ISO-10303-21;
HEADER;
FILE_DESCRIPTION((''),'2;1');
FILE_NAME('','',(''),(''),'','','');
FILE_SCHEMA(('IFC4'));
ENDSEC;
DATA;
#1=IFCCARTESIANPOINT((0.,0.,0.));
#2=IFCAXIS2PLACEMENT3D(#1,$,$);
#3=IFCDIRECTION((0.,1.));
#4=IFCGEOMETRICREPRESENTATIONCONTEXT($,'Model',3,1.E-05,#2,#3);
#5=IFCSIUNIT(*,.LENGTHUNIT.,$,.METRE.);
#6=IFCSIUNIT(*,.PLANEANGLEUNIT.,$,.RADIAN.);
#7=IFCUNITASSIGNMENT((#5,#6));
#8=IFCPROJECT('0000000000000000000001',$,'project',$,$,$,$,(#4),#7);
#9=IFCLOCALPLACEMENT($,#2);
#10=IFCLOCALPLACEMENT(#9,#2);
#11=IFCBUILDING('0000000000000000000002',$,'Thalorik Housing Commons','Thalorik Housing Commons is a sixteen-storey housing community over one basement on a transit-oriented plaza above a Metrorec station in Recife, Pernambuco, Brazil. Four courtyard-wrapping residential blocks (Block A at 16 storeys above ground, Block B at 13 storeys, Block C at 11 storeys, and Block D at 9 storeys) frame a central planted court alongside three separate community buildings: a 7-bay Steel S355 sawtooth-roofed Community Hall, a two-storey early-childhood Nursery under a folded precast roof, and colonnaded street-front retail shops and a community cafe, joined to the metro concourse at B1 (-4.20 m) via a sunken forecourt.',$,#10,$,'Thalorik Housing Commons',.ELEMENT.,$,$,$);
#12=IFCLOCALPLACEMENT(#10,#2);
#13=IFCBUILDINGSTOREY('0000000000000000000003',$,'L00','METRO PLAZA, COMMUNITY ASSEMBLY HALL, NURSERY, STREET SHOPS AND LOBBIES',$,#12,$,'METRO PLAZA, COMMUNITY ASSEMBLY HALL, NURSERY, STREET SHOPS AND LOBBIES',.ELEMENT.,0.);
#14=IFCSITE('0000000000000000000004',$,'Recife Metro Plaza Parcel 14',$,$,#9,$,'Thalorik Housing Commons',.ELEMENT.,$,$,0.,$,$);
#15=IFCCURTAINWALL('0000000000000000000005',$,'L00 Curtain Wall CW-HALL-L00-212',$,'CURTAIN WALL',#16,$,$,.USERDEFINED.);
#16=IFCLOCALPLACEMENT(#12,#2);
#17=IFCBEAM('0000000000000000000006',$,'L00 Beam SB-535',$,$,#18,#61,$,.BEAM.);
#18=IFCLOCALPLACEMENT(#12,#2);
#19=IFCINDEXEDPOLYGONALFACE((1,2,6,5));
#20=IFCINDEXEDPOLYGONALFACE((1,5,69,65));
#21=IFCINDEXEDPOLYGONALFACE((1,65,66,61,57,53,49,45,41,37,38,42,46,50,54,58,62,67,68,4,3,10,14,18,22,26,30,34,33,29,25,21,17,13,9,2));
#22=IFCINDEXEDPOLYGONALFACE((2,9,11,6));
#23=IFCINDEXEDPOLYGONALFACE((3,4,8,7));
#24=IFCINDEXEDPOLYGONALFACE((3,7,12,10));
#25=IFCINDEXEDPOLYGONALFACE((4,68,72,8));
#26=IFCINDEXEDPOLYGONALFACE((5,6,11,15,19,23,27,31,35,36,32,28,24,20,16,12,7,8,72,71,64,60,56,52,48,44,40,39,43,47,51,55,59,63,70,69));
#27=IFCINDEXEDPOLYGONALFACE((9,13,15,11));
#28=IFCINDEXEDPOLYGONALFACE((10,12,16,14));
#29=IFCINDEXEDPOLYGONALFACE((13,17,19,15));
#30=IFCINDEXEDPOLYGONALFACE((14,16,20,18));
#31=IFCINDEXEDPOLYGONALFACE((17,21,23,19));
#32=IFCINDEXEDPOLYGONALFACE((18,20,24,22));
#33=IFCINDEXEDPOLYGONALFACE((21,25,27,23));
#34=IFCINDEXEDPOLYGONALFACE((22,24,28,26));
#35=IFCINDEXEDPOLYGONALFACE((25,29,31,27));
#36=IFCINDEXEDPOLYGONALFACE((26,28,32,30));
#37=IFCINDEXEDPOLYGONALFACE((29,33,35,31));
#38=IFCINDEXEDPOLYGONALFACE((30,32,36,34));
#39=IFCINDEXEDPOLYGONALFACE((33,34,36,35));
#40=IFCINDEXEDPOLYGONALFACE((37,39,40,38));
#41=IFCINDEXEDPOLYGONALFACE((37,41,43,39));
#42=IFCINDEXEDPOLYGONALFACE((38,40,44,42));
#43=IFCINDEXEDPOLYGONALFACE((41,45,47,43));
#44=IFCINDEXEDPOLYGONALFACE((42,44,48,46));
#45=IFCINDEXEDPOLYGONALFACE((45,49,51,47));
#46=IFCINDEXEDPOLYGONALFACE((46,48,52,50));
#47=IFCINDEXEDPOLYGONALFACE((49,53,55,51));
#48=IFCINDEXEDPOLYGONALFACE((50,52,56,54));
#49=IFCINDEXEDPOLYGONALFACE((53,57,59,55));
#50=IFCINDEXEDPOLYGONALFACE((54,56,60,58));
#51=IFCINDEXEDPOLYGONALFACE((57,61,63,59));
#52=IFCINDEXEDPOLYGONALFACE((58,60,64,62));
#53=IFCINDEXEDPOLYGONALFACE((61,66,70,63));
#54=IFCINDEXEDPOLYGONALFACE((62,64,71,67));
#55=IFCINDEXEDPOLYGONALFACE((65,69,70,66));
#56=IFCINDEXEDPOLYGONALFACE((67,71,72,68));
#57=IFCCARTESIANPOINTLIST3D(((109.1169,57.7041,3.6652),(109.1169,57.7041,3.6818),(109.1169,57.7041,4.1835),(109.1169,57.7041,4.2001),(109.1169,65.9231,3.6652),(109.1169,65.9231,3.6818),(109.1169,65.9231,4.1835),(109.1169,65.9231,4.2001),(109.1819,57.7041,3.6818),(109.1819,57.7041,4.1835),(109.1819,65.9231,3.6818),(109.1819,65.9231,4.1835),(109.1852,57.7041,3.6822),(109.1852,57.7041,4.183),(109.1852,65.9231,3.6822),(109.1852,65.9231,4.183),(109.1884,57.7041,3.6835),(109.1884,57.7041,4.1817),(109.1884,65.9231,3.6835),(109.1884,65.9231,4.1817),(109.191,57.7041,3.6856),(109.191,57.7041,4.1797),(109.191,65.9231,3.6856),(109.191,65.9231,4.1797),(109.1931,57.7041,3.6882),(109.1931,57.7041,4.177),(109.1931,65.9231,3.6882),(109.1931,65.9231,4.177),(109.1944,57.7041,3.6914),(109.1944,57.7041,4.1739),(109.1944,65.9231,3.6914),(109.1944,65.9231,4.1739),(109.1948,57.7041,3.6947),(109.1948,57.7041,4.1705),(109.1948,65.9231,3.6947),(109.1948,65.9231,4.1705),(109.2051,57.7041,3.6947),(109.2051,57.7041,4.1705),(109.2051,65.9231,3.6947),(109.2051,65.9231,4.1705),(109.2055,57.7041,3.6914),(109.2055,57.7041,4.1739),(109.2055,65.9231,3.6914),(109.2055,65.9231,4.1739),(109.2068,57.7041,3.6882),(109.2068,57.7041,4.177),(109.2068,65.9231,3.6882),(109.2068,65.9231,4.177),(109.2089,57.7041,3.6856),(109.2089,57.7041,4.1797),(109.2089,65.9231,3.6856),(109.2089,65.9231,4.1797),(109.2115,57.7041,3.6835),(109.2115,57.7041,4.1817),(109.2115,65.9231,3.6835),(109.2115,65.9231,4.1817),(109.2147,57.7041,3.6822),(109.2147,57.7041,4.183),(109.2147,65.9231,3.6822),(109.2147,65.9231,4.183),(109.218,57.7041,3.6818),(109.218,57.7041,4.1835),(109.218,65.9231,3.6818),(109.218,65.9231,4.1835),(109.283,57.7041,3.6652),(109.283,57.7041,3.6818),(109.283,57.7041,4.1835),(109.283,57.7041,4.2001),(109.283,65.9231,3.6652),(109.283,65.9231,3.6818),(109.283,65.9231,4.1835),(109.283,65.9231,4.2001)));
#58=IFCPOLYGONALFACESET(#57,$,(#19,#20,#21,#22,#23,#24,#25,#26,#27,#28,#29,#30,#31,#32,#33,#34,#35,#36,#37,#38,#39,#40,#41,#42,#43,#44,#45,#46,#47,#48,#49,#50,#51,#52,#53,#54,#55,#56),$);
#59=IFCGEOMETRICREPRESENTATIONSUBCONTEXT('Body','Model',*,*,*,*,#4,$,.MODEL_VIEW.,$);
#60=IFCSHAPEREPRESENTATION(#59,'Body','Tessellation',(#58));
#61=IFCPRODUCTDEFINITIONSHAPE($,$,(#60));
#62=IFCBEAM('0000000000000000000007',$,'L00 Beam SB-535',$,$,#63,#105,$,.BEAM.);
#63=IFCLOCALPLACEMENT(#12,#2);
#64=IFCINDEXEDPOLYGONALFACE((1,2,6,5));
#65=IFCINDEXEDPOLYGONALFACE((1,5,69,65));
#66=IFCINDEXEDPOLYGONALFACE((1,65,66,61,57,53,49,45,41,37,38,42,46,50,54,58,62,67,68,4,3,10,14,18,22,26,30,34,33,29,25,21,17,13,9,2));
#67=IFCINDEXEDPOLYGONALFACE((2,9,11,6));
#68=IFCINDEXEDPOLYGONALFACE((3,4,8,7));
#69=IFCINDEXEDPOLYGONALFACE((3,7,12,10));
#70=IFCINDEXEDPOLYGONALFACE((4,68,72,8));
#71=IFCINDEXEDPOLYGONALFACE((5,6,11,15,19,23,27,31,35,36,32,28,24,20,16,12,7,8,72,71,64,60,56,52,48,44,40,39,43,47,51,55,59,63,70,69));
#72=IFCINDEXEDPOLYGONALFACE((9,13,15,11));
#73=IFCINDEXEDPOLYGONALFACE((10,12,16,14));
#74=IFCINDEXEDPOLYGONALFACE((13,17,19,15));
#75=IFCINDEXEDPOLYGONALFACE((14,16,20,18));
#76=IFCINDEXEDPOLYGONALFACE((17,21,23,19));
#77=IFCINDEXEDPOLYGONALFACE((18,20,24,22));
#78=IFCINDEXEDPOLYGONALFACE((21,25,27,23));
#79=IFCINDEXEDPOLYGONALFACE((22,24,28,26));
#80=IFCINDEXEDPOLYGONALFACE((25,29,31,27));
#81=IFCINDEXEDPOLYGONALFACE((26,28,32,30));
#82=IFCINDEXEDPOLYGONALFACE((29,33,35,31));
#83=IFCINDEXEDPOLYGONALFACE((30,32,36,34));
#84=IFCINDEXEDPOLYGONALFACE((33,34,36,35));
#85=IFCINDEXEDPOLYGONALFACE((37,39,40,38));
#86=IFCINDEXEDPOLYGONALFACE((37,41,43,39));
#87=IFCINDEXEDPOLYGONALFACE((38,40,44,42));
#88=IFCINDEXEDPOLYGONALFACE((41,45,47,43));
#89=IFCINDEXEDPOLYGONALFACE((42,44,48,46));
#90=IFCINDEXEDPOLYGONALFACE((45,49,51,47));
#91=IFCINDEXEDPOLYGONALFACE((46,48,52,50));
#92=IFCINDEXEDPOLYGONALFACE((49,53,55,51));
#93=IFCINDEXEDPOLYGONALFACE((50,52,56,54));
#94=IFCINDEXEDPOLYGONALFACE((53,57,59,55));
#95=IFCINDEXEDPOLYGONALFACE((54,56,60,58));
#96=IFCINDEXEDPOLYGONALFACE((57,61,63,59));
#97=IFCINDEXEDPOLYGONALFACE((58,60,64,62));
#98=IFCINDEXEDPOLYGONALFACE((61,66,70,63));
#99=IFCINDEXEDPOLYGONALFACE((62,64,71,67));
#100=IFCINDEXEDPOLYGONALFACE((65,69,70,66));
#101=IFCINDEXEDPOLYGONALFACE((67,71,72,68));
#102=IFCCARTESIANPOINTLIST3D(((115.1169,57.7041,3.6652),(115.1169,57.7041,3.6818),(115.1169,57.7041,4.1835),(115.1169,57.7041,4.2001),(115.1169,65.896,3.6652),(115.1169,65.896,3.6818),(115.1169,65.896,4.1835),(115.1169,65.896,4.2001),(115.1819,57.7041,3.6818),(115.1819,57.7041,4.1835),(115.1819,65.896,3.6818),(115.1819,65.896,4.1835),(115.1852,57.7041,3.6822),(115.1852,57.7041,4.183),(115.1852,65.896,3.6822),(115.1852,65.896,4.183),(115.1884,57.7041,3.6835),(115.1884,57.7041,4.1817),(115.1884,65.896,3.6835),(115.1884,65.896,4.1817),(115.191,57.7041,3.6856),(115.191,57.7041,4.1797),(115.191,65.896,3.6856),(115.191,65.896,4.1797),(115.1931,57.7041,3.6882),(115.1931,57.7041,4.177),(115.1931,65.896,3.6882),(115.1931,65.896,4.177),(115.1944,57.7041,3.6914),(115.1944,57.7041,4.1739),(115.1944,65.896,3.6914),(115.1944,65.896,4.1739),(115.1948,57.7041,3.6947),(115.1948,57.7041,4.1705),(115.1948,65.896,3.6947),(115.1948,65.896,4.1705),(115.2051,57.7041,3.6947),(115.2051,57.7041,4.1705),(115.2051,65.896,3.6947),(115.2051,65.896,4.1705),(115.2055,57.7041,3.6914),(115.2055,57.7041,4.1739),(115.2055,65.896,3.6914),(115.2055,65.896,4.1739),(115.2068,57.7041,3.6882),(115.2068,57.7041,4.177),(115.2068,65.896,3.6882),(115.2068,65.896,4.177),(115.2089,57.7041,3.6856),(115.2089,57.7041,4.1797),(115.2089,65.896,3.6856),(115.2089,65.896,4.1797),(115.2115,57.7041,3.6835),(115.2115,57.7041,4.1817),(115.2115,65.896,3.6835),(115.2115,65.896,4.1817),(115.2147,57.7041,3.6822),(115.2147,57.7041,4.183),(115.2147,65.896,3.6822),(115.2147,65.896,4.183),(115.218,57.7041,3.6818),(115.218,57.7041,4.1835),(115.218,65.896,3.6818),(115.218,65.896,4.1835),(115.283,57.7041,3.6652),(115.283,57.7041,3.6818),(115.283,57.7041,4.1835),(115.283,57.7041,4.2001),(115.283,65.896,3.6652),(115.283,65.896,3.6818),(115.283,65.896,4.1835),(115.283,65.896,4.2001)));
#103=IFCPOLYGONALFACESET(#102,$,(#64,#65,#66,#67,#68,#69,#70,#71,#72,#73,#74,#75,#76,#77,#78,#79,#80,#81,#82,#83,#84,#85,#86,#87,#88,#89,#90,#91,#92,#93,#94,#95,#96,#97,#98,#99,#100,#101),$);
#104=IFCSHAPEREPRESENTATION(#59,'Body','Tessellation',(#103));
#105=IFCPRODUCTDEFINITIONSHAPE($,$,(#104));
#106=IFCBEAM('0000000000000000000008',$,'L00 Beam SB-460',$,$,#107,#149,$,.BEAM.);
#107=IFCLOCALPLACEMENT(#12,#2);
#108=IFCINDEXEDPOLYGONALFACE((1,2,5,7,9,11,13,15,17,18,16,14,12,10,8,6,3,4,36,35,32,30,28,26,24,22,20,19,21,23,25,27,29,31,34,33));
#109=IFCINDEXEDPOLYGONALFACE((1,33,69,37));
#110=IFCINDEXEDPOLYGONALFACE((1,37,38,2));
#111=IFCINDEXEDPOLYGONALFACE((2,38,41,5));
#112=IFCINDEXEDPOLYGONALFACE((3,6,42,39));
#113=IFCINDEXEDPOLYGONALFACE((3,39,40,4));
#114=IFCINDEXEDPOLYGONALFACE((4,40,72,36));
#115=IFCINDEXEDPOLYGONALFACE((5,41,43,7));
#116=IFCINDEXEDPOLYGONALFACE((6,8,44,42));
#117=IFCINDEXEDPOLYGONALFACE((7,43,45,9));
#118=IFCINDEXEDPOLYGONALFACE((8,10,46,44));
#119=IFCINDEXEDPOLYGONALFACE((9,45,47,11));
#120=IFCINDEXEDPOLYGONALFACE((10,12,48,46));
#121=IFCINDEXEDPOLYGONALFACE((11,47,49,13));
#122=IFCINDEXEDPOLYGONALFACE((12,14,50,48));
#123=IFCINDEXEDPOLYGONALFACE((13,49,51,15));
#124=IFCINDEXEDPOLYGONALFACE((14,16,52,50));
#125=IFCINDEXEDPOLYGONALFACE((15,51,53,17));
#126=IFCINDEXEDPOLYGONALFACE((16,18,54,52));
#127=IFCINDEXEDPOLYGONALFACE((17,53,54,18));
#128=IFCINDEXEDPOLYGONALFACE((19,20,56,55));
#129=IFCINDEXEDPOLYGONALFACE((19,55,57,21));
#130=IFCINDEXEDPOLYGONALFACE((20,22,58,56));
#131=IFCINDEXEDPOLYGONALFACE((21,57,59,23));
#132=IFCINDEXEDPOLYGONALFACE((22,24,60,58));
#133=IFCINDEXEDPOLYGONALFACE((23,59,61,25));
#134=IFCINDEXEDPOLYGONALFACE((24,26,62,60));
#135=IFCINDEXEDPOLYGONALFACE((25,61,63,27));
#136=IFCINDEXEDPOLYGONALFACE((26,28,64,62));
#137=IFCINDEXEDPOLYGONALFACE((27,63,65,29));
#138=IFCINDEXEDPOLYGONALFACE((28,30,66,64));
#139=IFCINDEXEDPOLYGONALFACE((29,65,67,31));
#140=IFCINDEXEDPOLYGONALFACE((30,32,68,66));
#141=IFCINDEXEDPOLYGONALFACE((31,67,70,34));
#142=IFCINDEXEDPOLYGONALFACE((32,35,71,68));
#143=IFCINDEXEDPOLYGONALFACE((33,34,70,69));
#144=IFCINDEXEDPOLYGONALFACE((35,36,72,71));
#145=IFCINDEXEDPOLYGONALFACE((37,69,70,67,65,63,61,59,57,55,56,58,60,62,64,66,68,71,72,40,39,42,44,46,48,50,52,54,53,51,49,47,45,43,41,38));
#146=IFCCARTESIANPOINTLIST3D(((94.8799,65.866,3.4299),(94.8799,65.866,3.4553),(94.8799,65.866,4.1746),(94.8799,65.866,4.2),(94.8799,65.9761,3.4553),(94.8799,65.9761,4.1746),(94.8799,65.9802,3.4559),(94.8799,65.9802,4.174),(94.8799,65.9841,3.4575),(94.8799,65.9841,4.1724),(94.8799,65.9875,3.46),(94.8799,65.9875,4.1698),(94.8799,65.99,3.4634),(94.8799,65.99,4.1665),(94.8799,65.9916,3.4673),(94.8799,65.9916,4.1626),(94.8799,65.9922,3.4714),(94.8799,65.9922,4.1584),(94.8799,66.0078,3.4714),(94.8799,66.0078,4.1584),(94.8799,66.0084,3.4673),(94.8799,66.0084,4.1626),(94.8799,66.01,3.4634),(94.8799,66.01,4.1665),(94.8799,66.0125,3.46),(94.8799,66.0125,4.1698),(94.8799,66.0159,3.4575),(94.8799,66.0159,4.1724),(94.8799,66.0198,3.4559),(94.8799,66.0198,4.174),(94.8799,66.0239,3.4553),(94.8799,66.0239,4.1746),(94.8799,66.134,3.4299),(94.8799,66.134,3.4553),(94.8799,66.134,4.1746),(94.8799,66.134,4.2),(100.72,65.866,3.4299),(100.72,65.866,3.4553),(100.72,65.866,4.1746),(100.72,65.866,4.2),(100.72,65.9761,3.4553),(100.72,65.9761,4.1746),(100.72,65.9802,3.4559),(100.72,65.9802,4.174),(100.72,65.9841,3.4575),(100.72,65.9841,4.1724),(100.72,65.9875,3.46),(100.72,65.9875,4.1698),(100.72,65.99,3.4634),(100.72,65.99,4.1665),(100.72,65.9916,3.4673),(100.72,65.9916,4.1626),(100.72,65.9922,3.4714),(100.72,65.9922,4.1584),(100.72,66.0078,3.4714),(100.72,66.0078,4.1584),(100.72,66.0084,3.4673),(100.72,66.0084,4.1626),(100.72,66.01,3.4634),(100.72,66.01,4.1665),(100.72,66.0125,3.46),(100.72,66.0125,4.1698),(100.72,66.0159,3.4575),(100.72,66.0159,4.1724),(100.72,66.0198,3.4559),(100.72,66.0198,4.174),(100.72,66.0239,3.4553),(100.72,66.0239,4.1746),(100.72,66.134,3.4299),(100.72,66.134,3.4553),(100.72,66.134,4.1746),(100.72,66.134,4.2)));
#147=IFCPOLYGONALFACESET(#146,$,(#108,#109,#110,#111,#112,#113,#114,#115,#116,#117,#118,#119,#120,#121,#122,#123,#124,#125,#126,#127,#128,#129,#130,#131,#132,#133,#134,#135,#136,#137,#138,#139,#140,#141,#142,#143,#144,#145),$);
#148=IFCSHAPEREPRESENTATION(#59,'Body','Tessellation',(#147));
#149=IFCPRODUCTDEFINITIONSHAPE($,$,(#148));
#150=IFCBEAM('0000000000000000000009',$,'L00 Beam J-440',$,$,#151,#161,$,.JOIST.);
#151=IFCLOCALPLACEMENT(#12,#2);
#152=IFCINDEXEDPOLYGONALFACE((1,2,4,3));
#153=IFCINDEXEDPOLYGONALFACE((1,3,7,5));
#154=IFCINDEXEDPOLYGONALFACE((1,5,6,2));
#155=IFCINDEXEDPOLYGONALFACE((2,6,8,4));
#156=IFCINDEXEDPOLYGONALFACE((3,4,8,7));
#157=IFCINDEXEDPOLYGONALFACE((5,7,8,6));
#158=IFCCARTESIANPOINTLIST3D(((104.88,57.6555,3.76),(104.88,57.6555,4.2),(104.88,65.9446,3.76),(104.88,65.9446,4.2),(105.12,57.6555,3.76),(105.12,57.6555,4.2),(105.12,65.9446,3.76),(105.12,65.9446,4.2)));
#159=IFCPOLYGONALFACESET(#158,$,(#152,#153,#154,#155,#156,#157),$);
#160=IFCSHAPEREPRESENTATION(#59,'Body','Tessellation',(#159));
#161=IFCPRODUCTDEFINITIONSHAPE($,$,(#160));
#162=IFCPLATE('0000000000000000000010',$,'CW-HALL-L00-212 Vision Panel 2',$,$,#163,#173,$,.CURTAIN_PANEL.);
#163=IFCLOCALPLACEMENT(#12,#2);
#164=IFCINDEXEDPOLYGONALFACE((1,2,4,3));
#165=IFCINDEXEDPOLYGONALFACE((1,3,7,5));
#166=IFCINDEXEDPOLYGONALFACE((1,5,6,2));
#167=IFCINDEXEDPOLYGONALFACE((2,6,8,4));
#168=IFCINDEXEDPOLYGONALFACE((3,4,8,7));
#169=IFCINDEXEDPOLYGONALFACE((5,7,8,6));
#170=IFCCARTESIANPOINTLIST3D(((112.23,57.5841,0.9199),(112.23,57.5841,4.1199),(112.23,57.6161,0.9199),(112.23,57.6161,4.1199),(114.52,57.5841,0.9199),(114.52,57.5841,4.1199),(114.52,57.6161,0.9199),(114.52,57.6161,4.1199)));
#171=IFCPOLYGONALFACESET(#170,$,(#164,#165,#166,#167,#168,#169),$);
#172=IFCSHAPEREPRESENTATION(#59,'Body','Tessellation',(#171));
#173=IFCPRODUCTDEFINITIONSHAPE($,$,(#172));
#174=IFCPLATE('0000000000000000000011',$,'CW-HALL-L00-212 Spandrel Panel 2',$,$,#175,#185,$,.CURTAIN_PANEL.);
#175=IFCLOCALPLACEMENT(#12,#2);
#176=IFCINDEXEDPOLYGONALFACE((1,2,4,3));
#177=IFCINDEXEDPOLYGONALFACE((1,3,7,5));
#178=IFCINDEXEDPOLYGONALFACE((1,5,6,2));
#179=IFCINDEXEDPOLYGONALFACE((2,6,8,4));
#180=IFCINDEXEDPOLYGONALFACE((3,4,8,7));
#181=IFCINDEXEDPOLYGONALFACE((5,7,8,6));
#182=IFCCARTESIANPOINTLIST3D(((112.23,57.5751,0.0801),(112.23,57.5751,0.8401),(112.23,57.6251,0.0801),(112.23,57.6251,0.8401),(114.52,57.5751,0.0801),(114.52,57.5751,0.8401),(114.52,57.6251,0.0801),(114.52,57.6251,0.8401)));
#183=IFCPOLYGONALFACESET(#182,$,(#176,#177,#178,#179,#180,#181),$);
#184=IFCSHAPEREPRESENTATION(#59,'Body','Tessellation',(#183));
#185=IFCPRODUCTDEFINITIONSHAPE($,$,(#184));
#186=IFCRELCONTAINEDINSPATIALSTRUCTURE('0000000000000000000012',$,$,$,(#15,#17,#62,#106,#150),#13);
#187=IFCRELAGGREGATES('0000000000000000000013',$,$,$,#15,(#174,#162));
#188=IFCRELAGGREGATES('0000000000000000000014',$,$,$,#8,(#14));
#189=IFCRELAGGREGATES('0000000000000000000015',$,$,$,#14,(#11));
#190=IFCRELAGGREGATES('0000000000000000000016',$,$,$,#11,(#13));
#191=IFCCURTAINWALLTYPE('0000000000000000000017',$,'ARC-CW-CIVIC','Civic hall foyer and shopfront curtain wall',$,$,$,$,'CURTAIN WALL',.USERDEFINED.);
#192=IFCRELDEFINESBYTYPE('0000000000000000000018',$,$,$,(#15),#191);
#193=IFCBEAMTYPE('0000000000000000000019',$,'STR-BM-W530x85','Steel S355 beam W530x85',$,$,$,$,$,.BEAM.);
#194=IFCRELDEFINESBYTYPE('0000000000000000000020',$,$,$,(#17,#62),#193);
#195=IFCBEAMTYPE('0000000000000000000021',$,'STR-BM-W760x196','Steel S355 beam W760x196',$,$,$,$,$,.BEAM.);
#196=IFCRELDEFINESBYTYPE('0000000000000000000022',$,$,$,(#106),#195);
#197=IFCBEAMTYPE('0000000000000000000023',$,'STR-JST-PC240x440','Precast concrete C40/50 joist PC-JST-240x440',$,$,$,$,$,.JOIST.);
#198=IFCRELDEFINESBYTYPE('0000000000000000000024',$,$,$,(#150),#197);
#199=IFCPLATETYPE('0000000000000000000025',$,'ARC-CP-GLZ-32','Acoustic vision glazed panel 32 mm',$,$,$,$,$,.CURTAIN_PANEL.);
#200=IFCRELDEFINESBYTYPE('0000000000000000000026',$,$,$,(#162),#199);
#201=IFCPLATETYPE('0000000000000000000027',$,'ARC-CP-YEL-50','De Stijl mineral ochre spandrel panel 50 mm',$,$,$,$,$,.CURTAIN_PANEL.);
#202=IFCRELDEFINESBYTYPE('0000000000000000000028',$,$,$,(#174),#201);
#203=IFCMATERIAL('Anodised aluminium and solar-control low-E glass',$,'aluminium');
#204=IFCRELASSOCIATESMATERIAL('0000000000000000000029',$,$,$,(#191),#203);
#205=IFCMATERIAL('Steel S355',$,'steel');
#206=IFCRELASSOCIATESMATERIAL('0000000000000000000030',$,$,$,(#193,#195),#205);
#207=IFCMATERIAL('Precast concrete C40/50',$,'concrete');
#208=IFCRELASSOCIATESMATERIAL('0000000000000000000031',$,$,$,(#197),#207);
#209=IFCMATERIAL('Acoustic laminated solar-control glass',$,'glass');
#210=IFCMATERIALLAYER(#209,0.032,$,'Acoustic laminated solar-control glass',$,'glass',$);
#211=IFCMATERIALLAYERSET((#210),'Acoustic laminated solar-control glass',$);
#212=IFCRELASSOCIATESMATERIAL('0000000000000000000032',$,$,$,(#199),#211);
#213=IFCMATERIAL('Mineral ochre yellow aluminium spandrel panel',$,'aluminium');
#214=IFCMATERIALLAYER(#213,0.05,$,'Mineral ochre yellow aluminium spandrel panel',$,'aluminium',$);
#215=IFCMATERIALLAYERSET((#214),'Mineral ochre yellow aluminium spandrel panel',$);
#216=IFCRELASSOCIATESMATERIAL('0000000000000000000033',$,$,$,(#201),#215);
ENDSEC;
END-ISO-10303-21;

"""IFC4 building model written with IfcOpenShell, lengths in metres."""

from ifc_helpers import new_model, si_unit, direction, frame, origin, origin_2d, place, context, subcontext, project, spatial, rectangle, i_section, extrude, material, layer, layer_set, material_profile, profile_set, type_object, element, aggregate, save


model = new_model("IFC4")

# Units and contexts
model_context = context("Model", 3, precision=1e-05, world=origin(), true_north=direction((0.0, 1.0)))
body_context = subcontext(model_context, "Body", "Model", "MODEL_VIEW")
ifc_project = project(units=[si_unit("LENGTHUNIT", "METRE"), si_unit("PLANEANGLEUNIT", "RADIAN")], contexts=[model_context])

# Site, building, storey
site_placement = place(None, origin())
site = spatial("IfcSite", under=ifc_project, at=site_placement, Name="Recife Metro Plaza Parcel 14", LongName="Thalorik Housing Commons", CompositionType="ELEMENT", RefElevation=0.0)
building_placement = place(site_placement, origin())
building = spatial("IfcBuilding", under=site, at=building_placement, Name="Thalorik Housing Commons", Description="Thalorik Housing Commons is a sixteen-storey housing community over one basement on a transit-oriented plaza above a Metrorec station in Recife, Pernambuco, Brazil. Four courtyard-wrapping residential blocks (Block A at 16 storeys above ground, Block B at 13 storeys, Block C at 11 storeys, and Block D at 9 storeys) frame a central planted court alongside three separate community buildings: a 7-bay Steel S355 sawtooth-roofed Community Hall, a two-storey early-childhood Nursery under a folded precast roof, and colonnaded street-front retail shops and a community cafe, joined to the metro concourse at B1 (-4.20 m) via a sunken forecourt.", LongName="Thalorik Housing Commons", CompositionType="ELEMENT")
storey_placement = place(building_placement, origin())
storey = spatial("IfcBuildingStorey", under=building, at=storey_placement, Name="L00", Description="METRO PLAZA, COMMUNITY ASSEMBLY HALL, NURSERY, STREET SHOPS AND LOBBIES", LongName="METRO PLAZA, COMMUNITY ASSEMBLY HALL, NURSERY, STREET SHOPS AND LOBBIES", CompositionType="ELEMENT", Elevation=0.0)

# Shared definitions
ifc_material_1 = material(Name="Steel S355", Category="steel")

# Curtain wall
ifc_material_2 = material(Name="Anodised aluminium and solar-control low-E glass", Category="aluminium")
curtain_wall_type = type_object("IfcCurtainWallType", Name="ARC-CW-CIVIC", Description="Civic hall foyer and shopfront curtain wall", ElementType="CURTAIN WALL", PredefinedType="USERDEFINED", material=ifc_material_2)
curtain_wall_placement = place(storey_placement, origin())
curtain_wall = element("IfcCurtainWall", 1, at=curtain_wall_placement, inside=storey, type_object=curtain_wall_type, Name="L00 Curtain Wall CW-HALL-L00-212", ObjectType="CURTAIN WALL", PredefinedType="USERDEFINED")

# Beams
ifc_material_profile_1 = material_profile(ifc_material_1, i_section(OverallWidth=0.166, OverallDepth=0.5349, WebThickness=0.0103, FlangeThickness=0.0166, FilletRadius=0.0129, at=origin_2d()), Name="W530x85", Category="steel")
ifc_profile_set_1 = profile_set([ifc_material_profile_1], Name="Steel S355")
beam_type_1 = type_object("IfcBeamType", Name="STR-BM-W530x85", Description="Steel S355 beam W530x85", PredefinedType="BEAM", material=ifc_profile_set_1)
for number, where, z_axis, x_axis, name in (
    (2, (109.2, 57.7041, 3.9326), (0.0, 1.0, 0.0), (-1.0, 0.0, 0.0), "L00 Beam SB-535"),
):
    element("IfcBeam", number, at=place(storey_placement, frame(where, z_axis=z_axis, x_axis=x_axis)), inside=storey, type_object=beam_type_1, Name=name, PredefinedType="BEAM", context=body_context, shape_type="SweptSolid", body=[
        extrude(i_section(OverallWidth=0.166, OverallDepth=0.5349, WebThickness=0.0103, FlangeThickness=0.0166, FilletRadius=0.0129, at=origin_2d()), origin(), (0.0, 0.0, 1.0), 8.219),
    ])
beam_1_placement = place(storey_placement, frame((115.2, 57.7041, 3.9326), z_axis=(0.0, 1.0, 0.0), x_axis=(-1.0, 0.0, 0.0)))
element("IfcBeam", 3, at=beam_1_placement, inside=storey, type_object=beam_type_1, Name="L00 Beam SB-535", PredefinedType="BEAM", context=body_context, shape_type="SweptSolid", body=[
    extrude(i_section(OverallWidth=0.166, OverallDepth=0.5349, WebThickness=0.0103, FlangeThickness=0.0166, FilletRadius=0.0129, at=origin_2d()), origin(), (0.0, 0.0, 1.0), 8.1919),
])
ifc_material_profile_2 = material_profile(ifc_material_1, i_section(OverallWidth=0.2681, OverallDepth=0.77, WebThickness=0.0156, FlangeThickness=0.0254, FilletRadius=0.0161, at=origin_2d()), Name="W760x196", Category="steel")
ifc_profile_set_2 = profile_set([ifc_material_profile_2], Name="Steel S355")
beam_type_2 = type_object("IfcBeamType", Name="STR-BM-W760x196", Description="Steel S355 beam W760x196", PredefinedType="BEAM", material=ifc_profile_set_2)
beam_2_placement = place(storey_placement, frame((94.8799, 66.0, 3.8149), z_axis=(1.0, 0.0, 0.0), x_axis=(0.0, 1.0, 0.0)))
element("IfcBeam", 4, at=beam_2_placement, inside=storey, type_object=beam_type_2, Name="L00 Beam SB-460", PredefinedType="BEAM", context=body_context, shape_type="SweptSolid", body=[
    extrude(i_section(OverallWidth=0.2681, OverallDepth=0.77, WebThickness=0.0156, FlangeThickness=0.0254, FilletRadius=0.0161, at=origin_2d()), origin(), (0.0, 0.0, 1.0), 5.8401),
])
ifc_material_3 = material(Name="Precast concrete C40/50", Category="concrete")
ifc_material_profile_3 = material_profile(ifc_material_3, rectangle(XDim=0.24, YDim=0.4399, at=origin_2d()), Name="PC JST 240x440", Category="concrete")
ifc_profile_set_3 = profile_set([ifc_material_profile_3], Name="Precast concrete C40/50")
beam_type_3 = type_object("IfcBeamType", Name="STR-JST-PC240x440", Description="Precast concrete C40/50 joist PC-JST-240x440", PredefinedType="JOIST", material=ifc_profile_set_3)
beam_3_placement = place(storey_placement, frame((105.0, 57.6555, 3.98), z_axis=(0.0, 1.0, 0.0), x_axis=(-1.0, 0.0, 0.0)))
element("IfcBeam", 5, at=beam_3_placement, inside=storey, type_object=beam_type_3, Name="L00 Beam J-440", PredefinedType="JOIST", context=body_context, shape_type="SweptSolid", body=[
    extrude(rectangle(XDim=0.24, YDim=0.4399, at=origin_2d()), origin(), (0.0, 0.0, 1.0), 8.2891),
])

# Plates
ifc_material_4 = material(Name="Acoustic laminated solar-control glass", Category="glass")
ifc_layer_1 = layer(ifc_material_4, 0.032, Name="Acoustic laminated solar-control glass", Category="glass")
ifc_layer_set_1 = layer_set([ifc_layer_1], Name="Acoustic laminated solar-control glass")
plate_type_1 = type_object("IfcPlateType", Name="ARC-CP-GLZ-32", Description="Acoustic vision glazed panel 32 mm", PredefinedType="CURTAIN_PANEL", material=ifc_layer_set_1)
plate_1_placement = place(storey_placement, frame((113.375, 57.6001, 0.9199), z_axis=(0.0, 0.0, 1.0), x_axis=(1.0, 0.0, 0.0)))
plate_1 = element("IfcPlate", 6, at=plate_1_placement, type_object=plate_type_1, Name="CW-HALL-L00-212 Vision Panel 2", PredefinedType="CURTAIN_PANEL", context=body_context, shape_type="SweptSolid", body=[
    extrude(rectangle(XDim=2.29, YDim=0.032, at=origin_2d()), origin(), (0.0, 0.0, 1.0), 3.2),
])
ifc_material_5 = material(Name="Mineral ochre yellow aluminium spandrel panel", Category="aluminium")
ifc_layer_2 = layer(ifc_material_5, 0.05, Name="Mineral ochre yellow aluminium spandrel panel", Category="aluminium")
ifc_layer_set_2 = layer_set([ifc_layer_2], Name="Mineral ochre yellow aluminium spandrel panel")
plate_type_2 = type_object("IfcPlateType", Name="ARC-CP-YEL-50", Description="De Stijl mineral ochre spandrel panel 50 mm", PredefinedType="CURTAIN_PANEL", material=ifc_layer_set_2)
plate_2_placement = place(storey_placement, frame((113.375, 57.6001, 0.0801), z_axis=(0.0, 0.0, 1.0), x_axis=(1.0, 0.0, 0.0)))
plate_2 = element("IfcPlate", 7, at=plate_2_placement, type_object=plate_type_2, Name="CW-HALL-L00-212 Spandrel Panel 2", PredefinedType="CURTAIN_PANEL", context=body_context, shape_type="SweptSolid", body=[
    extrude(rectangle(XDim=2.29, YDim=0.05, at=origin_2d()), origin(), (0.0, 0.0, 1.0), 0.76),
])
aggregate(curtain_wall, [plate_2, plate_1])

save(model, "model.ifc")
